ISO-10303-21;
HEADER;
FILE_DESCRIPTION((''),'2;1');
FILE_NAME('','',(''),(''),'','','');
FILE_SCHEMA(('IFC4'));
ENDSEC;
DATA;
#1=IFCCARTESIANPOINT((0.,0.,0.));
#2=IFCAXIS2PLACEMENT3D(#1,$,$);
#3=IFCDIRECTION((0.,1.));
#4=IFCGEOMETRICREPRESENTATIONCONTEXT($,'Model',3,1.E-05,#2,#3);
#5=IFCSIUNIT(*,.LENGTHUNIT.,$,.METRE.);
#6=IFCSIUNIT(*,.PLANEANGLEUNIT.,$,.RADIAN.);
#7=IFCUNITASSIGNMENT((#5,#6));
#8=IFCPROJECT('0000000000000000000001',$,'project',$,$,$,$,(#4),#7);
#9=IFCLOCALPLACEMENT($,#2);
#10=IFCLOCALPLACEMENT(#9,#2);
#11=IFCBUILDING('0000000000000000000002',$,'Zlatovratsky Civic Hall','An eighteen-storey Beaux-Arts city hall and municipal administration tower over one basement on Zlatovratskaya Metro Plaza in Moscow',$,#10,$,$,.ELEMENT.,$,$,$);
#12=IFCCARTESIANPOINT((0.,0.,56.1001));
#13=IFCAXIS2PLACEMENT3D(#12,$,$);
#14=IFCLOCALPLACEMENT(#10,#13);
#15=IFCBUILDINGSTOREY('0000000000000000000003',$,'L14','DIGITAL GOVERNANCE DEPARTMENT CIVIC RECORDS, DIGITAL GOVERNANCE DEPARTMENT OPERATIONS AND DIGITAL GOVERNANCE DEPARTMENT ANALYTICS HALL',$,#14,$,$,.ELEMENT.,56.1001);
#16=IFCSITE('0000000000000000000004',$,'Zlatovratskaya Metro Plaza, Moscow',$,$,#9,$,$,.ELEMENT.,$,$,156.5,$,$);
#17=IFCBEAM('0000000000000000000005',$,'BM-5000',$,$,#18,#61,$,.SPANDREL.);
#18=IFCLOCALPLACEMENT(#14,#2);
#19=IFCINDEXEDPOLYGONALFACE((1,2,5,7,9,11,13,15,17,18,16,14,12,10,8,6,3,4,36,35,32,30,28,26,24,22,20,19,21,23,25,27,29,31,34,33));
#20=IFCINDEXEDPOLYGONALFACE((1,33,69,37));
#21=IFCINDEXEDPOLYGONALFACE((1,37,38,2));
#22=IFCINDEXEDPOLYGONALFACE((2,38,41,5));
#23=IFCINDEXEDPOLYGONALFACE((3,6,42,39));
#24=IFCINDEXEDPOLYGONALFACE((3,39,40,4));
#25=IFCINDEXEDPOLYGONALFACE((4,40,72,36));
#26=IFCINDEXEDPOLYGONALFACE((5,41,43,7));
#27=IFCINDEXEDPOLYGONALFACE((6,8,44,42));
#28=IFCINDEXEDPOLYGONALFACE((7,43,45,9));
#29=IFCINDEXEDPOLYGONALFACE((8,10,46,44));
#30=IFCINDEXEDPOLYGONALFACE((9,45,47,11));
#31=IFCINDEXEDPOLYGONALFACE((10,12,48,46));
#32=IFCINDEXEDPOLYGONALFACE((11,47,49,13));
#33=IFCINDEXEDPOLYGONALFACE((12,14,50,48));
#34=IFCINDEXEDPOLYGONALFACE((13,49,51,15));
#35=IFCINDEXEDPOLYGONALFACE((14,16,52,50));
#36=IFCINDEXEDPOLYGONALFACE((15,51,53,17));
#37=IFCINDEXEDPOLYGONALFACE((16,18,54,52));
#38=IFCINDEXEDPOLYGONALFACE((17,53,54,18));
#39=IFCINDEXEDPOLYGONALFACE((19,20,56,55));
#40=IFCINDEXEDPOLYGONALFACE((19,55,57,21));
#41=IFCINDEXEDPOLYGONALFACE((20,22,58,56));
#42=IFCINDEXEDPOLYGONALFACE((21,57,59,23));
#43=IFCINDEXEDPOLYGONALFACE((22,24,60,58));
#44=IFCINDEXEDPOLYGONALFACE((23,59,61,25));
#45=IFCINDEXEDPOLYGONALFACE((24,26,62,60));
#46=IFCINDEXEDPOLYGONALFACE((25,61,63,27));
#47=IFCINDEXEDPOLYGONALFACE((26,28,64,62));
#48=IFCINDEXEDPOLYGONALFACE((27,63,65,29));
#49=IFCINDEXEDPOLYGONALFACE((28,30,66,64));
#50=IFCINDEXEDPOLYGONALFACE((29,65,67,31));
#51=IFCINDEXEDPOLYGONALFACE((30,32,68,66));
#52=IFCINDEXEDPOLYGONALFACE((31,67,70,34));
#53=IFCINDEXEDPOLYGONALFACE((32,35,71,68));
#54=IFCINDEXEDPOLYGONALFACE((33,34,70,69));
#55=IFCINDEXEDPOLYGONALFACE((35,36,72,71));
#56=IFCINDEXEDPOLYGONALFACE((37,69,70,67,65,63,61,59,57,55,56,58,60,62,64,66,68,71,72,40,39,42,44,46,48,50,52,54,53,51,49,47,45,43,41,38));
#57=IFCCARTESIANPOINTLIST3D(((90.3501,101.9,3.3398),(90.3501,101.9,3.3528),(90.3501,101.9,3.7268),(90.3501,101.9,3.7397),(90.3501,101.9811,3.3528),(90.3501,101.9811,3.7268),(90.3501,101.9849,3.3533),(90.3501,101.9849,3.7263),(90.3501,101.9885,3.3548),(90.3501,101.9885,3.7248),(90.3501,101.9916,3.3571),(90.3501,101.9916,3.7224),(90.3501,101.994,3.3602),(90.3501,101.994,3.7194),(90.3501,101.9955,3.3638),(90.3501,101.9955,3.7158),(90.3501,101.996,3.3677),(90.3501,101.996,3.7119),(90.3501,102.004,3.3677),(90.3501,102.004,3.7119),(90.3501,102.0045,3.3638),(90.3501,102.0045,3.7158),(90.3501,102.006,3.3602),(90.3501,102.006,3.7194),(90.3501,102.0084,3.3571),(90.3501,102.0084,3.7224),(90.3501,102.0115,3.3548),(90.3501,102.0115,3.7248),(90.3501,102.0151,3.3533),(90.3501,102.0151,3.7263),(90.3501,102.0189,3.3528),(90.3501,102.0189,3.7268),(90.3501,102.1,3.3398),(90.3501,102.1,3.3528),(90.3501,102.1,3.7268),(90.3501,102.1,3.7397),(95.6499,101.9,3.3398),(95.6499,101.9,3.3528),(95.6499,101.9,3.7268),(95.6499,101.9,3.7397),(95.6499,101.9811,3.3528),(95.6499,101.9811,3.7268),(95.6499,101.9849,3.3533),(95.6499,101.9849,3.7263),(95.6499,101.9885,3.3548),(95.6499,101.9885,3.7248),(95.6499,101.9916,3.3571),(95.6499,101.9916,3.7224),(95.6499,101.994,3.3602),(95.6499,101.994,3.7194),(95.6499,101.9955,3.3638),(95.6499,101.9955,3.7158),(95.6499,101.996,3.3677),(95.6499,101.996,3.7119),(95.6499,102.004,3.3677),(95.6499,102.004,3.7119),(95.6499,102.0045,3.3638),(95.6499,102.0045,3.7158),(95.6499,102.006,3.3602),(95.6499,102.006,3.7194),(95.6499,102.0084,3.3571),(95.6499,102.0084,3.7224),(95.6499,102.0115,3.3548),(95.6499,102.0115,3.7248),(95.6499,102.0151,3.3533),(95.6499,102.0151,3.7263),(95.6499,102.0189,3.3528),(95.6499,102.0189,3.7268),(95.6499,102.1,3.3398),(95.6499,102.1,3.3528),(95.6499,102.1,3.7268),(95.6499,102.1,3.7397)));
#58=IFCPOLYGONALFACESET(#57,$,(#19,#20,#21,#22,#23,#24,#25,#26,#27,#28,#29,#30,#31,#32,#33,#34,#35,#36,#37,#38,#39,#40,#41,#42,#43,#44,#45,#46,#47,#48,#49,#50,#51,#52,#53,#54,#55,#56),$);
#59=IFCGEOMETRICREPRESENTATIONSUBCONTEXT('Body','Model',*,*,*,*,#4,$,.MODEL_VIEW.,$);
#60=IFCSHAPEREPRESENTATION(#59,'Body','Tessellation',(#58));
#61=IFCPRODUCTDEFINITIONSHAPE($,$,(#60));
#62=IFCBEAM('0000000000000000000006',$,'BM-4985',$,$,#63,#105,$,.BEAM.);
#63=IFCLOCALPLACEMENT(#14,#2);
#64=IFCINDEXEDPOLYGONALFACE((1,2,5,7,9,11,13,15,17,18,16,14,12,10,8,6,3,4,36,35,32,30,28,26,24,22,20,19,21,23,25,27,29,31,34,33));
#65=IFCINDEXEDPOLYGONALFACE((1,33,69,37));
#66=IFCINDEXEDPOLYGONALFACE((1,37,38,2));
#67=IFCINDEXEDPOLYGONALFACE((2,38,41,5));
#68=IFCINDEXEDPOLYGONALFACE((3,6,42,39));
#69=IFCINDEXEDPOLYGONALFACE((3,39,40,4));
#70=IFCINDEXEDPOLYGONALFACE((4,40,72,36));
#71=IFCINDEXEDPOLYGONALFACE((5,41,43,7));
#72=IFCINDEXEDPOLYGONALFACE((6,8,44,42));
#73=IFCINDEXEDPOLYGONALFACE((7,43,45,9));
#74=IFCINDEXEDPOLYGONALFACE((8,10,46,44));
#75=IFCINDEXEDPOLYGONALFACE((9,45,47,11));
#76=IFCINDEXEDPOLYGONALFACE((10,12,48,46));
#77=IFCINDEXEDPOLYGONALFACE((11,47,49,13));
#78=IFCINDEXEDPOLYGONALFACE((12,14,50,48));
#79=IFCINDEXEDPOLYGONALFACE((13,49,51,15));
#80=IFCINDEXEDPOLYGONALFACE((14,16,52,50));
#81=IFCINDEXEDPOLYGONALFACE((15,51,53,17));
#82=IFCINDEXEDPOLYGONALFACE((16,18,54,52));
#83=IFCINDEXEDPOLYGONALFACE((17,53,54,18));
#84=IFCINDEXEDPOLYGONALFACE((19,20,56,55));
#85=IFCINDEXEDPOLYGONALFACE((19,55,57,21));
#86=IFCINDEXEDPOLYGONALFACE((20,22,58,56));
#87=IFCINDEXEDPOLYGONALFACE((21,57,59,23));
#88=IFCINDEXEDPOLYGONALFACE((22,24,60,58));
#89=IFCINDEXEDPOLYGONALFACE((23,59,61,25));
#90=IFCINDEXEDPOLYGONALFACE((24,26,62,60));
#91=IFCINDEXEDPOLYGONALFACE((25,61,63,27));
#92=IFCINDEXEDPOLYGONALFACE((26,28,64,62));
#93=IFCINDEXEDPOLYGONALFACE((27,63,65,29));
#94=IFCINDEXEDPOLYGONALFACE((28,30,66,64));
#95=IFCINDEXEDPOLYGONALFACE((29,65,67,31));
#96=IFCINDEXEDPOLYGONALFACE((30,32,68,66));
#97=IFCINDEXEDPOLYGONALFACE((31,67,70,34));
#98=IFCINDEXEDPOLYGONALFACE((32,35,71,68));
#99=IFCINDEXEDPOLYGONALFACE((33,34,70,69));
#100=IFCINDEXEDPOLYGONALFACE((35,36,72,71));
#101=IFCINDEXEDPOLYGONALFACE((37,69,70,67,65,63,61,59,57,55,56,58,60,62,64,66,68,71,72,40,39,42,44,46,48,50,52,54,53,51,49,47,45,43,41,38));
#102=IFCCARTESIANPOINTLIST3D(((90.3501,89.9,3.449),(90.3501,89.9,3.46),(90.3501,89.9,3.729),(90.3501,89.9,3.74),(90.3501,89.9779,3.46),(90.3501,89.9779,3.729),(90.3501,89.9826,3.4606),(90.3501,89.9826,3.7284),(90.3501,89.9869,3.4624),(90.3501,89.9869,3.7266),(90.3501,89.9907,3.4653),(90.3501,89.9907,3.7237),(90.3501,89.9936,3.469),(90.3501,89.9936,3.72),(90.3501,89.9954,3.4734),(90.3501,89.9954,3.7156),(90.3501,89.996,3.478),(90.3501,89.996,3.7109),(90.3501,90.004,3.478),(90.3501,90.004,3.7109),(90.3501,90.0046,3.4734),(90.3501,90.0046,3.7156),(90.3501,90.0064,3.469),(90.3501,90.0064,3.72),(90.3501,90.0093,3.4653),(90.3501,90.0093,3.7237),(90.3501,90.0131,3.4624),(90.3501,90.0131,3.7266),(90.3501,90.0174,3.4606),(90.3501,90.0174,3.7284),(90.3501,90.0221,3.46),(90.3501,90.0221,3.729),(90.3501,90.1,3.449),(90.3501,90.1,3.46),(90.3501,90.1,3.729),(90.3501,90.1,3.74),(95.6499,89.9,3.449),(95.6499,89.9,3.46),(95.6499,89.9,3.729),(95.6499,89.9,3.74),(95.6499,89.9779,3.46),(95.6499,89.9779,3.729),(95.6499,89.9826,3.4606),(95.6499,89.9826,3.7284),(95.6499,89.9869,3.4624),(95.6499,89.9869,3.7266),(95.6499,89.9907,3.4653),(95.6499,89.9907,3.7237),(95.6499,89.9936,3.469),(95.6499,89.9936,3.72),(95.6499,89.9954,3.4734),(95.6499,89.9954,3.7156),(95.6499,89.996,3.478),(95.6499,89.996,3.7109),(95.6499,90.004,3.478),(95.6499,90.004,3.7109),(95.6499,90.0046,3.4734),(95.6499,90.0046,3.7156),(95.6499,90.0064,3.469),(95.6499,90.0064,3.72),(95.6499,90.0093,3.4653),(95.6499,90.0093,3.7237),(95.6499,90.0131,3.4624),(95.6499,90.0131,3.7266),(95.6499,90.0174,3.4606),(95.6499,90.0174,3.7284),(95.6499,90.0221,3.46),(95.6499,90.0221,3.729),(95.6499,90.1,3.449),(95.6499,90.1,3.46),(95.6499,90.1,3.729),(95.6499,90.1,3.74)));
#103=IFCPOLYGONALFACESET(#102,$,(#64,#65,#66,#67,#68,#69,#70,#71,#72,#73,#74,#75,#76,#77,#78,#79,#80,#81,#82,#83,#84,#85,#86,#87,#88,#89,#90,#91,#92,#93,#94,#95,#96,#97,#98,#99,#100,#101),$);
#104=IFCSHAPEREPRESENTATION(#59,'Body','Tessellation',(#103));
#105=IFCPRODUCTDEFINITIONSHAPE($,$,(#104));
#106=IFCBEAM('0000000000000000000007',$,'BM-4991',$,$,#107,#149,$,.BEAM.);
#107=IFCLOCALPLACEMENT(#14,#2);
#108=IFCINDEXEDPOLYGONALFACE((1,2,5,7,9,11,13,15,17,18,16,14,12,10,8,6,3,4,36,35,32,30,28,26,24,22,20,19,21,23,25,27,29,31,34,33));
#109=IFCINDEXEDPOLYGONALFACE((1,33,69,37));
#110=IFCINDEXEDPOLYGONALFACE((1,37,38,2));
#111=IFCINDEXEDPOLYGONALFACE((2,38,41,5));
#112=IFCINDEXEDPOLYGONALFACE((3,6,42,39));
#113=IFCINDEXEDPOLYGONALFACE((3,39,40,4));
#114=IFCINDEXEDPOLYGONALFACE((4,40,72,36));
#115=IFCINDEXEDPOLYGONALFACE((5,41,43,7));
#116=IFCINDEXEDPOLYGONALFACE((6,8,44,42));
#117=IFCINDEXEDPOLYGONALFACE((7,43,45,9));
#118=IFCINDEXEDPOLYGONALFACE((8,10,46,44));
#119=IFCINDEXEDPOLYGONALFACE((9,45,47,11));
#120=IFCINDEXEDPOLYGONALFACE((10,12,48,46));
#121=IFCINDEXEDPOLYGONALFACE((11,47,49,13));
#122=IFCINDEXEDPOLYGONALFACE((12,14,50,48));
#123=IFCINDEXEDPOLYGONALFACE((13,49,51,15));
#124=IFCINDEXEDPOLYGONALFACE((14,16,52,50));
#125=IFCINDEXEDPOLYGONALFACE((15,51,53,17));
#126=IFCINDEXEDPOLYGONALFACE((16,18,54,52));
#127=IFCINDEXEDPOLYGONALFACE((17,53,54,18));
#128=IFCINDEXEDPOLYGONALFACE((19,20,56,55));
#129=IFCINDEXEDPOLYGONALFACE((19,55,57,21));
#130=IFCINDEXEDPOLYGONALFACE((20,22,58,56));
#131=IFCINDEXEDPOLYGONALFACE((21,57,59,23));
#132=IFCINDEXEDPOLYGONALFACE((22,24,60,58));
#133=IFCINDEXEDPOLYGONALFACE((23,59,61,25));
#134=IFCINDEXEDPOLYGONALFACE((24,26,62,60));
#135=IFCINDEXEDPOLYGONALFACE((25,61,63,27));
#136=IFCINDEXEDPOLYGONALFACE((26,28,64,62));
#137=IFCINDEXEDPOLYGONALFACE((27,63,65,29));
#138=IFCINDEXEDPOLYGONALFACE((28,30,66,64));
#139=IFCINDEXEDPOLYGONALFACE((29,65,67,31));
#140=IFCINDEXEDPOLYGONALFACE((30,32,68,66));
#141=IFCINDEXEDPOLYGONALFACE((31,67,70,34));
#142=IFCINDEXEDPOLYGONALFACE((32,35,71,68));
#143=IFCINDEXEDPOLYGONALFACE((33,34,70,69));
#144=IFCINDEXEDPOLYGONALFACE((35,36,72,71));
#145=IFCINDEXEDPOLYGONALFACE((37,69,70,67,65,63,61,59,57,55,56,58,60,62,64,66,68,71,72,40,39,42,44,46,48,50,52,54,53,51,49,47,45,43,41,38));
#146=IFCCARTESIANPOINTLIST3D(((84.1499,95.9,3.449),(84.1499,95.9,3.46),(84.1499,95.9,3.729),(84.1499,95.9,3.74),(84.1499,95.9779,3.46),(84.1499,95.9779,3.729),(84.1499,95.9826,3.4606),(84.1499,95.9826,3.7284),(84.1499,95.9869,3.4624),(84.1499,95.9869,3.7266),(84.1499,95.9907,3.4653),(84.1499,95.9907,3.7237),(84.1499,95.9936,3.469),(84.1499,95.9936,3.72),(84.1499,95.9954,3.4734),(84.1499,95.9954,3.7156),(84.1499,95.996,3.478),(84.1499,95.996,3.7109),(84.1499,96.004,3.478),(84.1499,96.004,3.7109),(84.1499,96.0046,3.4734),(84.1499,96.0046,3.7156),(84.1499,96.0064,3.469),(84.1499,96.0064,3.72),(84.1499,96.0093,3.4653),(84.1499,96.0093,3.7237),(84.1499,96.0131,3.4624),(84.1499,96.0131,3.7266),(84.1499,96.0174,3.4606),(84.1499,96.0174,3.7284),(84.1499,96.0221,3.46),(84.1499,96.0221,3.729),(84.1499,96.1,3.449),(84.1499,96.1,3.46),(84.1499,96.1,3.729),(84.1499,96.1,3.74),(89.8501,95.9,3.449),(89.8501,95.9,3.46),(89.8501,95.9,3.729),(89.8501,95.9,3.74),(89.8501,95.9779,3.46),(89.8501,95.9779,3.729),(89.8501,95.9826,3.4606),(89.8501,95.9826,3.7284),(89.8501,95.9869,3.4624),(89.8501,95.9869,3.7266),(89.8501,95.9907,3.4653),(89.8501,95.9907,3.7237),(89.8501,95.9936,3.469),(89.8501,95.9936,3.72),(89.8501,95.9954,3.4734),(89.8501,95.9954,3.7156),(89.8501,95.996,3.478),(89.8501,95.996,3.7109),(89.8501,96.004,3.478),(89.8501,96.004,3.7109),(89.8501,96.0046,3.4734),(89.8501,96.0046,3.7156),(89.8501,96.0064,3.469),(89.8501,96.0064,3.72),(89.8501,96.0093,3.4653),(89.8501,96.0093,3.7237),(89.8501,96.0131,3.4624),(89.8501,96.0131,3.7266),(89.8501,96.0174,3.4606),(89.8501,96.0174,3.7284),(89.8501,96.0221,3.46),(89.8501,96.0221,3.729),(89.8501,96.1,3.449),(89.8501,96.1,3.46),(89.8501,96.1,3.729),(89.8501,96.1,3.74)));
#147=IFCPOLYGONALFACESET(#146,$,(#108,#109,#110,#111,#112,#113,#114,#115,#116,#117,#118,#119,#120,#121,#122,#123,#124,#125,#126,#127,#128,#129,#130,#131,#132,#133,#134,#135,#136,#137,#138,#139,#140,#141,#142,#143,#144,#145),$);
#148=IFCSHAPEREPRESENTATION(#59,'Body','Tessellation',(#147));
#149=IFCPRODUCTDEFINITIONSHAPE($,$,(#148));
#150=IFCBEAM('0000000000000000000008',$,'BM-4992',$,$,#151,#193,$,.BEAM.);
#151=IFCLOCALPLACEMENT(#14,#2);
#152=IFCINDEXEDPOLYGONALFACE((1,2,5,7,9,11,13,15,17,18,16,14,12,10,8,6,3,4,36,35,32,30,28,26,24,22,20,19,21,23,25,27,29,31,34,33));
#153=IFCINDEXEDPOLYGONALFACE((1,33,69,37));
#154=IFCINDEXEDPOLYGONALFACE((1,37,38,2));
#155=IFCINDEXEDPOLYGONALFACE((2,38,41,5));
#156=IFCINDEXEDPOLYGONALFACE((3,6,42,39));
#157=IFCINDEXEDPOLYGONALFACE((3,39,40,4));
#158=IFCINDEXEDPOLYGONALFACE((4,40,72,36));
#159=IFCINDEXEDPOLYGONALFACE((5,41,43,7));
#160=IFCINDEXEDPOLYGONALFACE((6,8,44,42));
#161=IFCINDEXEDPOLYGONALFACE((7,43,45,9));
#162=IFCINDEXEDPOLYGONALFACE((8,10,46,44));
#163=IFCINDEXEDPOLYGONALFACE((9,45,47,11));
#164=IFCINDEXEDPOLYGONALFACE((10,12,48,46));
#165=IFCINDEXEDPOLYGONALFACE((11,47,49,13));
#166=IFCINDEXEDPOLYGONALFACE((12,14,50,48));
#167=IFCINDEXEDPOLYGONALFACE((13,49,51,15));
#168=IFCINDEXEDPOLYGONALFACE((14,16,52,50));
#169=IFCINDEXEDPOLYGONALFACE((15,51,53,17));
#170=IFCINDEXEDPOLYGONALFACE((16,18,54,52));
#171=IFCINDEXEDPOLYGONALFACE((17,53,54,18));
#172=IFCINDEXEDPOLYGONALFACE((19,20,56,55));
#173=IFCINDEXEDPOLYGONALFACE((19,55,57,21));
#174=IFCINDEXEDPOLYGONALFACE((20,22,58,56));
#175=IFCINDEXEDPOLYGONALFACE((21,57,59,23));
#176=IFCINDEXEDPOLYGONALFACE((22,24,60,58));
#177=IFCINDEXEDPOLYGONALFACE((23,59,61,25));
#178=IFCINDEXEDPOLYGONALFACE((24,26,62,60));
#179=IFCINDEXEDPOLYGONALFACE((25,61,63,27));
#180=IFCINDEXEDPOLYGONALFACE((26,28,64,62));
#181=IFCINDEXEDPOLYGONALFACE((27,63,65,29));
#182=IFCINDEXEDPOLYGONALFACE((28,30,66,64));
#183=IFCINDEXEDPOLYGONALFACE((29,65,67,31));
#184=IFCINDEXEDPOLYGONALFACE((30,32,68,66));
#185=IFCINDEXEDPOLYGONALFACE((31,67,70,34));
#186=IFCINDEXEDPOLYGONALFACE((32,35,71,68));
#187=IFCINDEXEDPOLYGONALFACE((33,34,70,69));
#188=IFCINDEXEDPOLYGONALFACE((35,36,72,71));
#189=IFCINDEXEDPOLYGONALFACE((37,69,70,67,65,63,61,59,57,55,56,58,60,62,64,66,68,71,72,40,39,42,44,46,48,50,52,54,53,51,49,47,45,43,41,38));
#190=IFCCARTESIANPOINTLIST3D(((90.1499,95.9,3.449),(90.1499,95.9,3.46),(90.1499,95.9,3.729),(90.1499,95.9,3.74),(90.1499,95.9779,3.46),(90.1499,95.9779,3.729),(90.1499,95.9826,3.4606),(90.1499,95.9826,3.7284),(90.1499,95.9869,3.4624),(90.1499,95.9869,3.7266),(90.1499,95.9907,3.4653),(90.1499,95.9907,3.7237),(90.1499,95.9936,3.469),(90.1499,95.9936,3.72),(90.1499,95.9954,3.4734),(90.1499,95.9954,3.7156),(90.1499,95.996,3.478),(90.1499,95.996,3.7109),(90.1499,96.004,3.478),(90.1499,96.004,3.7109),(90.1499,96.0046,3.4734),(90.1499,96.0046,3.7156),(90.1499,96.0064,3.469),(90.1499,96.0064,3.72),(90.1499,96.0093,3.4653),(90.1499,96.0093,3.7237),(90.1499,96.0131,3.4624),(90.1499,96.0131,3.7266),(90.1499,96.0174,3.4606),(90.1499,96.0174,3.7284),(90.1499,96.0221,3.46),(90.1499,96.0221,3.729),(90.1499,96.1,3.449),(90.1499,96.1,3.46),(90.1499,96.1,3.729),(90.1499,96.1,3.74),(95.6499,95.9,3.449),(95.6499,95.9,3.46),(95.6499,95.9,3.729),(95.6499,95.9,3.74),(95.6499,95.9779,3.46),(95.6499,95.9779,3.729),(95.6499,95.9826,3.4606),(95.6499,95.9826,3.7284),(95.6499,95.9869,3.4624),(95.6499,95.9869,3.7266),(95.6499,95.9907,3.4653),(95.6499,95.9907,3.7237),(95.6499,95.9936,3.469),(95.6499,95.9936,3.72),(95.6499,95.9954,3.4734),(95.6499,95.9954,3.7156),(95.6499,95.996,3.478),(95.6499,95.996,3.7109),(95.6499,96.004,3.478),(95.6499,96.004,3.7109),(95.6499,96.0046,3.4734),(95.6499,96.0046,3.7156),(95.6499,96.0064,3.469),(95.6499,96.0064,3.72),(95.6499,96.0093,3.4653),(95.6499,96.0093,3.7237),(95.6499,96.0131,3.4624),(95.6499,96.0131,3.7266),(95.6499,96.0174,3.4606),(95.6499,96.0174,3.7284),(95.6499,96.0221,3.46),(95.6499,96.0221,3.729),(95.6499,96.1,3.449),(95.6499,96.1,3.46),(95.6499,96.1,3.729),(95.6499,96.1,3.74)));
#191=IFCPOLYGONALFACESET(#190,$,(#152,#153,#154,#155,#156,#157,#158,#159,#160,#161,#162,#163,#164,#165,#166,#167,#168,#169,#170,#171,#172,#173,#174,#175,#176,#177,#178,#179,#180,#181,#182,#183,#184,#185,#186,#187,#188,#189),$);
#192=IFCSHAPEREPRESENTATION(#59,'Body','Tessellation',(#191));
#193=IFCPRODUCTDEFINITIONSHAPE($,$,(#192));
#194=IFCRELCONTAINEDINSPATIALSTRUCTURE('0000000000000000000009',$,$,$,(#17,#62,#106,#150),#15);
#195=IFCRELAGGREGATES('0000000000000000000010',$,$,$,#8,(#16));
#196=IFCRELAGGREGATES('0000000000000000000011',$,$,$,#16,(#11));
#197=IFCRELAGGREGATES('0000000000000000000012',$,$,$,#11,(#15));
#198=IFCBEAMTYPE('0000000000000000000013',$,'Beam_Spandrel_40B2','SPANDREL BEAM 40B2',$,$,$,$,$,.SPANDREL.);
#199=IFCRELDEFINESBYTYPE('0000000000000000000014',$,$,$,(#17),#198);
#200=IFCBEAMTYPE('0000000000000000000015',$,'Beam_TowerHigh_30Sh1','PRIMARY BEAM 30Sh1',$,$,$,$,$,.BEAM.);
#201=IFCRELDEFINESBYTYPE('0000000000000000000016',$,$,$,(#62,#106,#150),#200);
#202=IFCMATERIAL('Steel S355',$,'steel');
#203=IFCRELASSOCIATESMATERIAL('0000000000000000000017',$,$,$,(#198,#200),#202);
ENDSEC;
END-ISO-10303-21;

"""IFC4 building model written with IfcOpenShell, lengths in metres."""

from ifc_helpers import new_model, si_unit, direction, frame, origin, origin_2d, place, context, subcontext, project, spatial, i_section, extrude, material, material_profile, profile_set, type_object, element, save


model = new_model("IFC4")

# Units and contexts
model_context = context("Model", 3, precision=1e-05, world=origin(), true_north=direction((0.0, 1.0)))
body_context = subcontext(model_context, "Body", "Model", "MODEL_VIEW")
ifc_project = project(units=[si_unit("LENGTHUNIT", "METRE"), si_unit("PLANEANGLEUNIT", "RADIAN")], contexts=[model_context])

# Site, building, storey
site_placement = place(None, origin())
site = spatial("IfcSite", under=ifc_project, at=site_placement, Name="Zlatovratskaya Metro Plaza, Moscow", CompositionType="ELEMENT", RefElevation=156.5)
building_placement = place(site_placement, origin())
building = spatial("IfcBuilding", under=site, at=building_placement, Name="Zlatovratsky Civic Hall", Description="An eighteen-storey Beaux-Arts city hall and municipal administration tower over one basement on Zlatovratskaya Metro Plaza in Moscow", CompositionType="ELEMENT")
storey_placement = place(building_placement, frame((0.0, 0.0, 56.1001)))
storey = spatial("IfcBuildingStorey", under=building, at=storey_placement, Name="L14", Description="DIGITAL GOVERNANCE DEPARTMENT CIVIC RECORDS, DIGITAL GOVERNANCE DEPARTMENT OPERATIONS AND DIGITAL GOVERNANCE DEPARTMENT ANALYTICS HALL", CompositionType="ELEMENT", Elevation=56.1001)

# Shared definitions
ifc_material_1 = material(Name="Steel S355", Category="steel")

# Beams
ifc_material_profile_1 = material_profile(ifc_material_1, i_section(OverallWidth=0.2, OverallDepth=0.3999, WebThickness=0.0081, FlangeThickness=0.0129, FilletRadius=0.0149, at=origin_2d()), Name="40B2")
ifc_profile_set_1 = profile_set([ifc_material_profile_1], Name="Steel S355")
beam_type_1 = type_object("IfcBeamType", Name="Beam_Spandrel_40B2", Description="SPANDREL BEAM 40B2", PredefinedType="SPANDREL", material=ifc_profile_set_1)
for number, where, z_axis, x_axis, name in (
    (1, (90.3501, 102.0, 3.5398), (1.0, 0.0, 0.0), (0.0, 1.0, 0.0), "BM-5000"),
):
    element("IfcBeam", number, at=place(storey_placement, frame(where, z_axis=z_axis, x_axis=x_axis)), inside=storey, type_object=beam_type_1, Name=name, PredefinedType="SPANDREL", context=body_context, shape_type="SweptSolid", body=[
        extrude(i_section(OverallWidth=0.2, OverallDepth=0.3999, WebThickness=0.0081, FlangeThickness=0.0129, FilletRadius=0.0149, at=origin_2d()), origin(), (0.0, 0.0, 1.0), 5.2998),
    ])
ifc_material_profile_2 = material_profile(ifc_material_1, i_section(OverallWidth=0.2, OverallDepth=0.291, WebThickness=0.0081, FlangeThickness=0.011, FilletRadius=0.0181, at=origin_2d()), Name="30Sh1")
ifc_profile_set_2 = profile_set([ifc_material_profile_2], Name="Steel S355")
beam_type_2 = type_object("IfcBeamType", Name="Beam_TowerHigh_30Sh1", Description="PRIMARY BEAM 30Sh1", PredefinedType="BEAM", material=ifc_profile_set_2)
beam_1_placement = place(storey_placement, frame((90.3501, 90.0, 3.5945), z_axis=(1.0, 0.0, 0.0), x_axis=(0.0, 1.0, 0.0)))
element("IfcBeam", 2, at=beam_1_placement, inside=storey, type_object=beam_type_2, Name="BM-4985", PredefinedType="BEAM", context=body_context, shape_type="SweptSolid", body=[
    extrude(i_section(OverallWidth=0.2, OverallDepth=0.291, WebThickness=0.0081, FlangeThickness=0.011, FilletRadius=0.0181, at=origin_2d()), origin(), (0.0, 0.0, 1.0), 5.2998),
])
beam_2_placement = place(storey_placement, frame((84.1499, 96.0, 3.5945), z_axis=(1.0, 0.0, 0.0), x_axis=(0.0, 1.0, 0.0)))
element("IfcBeam", 3, at=beam_2_placement, inside=storey, type_object=beam_type_2, Name="BM-4991", PredefinedType="BEAM", context=body_context, shape_type="SweptSolid", body=[
    extrude(i_section(OverallWidth=0.2, OverallDepth=0.291, WebThickness=0.0081, FlangeThickness=0.011, FilletRadius=0.0181, at=origin_2d()), origin(), (0.0, 0.0, 1.0), 5.7002),
])
for number, where, z_axis, x_axis, name in (
    (4, (90.1499, 96.0, 3.5945), (1.0, 0.0, 0.0), (0.0, 1.0, 0.0), "BM-4992"),
):
    element("IfcBeam", number, at=place(storey_placement, frame(where, z_axis=z_axis, x_axis=x_axis)), inside=storey, type_object=beam_type_2, Name=name, PredefinedType="BEAM", context=body_context, shape_type="SweptSolid", body=[
        extrude(i_section(OverallWidth=0.2, OverallDepth=0.291, WebThickness=0.0081, FlangeThickness=0.011, FilletRadius=0.0181, at=origin_2d()), origin(), (0.0, 0.0, 1.0), 5.5),
    ])

save(model, "model.ifc")
